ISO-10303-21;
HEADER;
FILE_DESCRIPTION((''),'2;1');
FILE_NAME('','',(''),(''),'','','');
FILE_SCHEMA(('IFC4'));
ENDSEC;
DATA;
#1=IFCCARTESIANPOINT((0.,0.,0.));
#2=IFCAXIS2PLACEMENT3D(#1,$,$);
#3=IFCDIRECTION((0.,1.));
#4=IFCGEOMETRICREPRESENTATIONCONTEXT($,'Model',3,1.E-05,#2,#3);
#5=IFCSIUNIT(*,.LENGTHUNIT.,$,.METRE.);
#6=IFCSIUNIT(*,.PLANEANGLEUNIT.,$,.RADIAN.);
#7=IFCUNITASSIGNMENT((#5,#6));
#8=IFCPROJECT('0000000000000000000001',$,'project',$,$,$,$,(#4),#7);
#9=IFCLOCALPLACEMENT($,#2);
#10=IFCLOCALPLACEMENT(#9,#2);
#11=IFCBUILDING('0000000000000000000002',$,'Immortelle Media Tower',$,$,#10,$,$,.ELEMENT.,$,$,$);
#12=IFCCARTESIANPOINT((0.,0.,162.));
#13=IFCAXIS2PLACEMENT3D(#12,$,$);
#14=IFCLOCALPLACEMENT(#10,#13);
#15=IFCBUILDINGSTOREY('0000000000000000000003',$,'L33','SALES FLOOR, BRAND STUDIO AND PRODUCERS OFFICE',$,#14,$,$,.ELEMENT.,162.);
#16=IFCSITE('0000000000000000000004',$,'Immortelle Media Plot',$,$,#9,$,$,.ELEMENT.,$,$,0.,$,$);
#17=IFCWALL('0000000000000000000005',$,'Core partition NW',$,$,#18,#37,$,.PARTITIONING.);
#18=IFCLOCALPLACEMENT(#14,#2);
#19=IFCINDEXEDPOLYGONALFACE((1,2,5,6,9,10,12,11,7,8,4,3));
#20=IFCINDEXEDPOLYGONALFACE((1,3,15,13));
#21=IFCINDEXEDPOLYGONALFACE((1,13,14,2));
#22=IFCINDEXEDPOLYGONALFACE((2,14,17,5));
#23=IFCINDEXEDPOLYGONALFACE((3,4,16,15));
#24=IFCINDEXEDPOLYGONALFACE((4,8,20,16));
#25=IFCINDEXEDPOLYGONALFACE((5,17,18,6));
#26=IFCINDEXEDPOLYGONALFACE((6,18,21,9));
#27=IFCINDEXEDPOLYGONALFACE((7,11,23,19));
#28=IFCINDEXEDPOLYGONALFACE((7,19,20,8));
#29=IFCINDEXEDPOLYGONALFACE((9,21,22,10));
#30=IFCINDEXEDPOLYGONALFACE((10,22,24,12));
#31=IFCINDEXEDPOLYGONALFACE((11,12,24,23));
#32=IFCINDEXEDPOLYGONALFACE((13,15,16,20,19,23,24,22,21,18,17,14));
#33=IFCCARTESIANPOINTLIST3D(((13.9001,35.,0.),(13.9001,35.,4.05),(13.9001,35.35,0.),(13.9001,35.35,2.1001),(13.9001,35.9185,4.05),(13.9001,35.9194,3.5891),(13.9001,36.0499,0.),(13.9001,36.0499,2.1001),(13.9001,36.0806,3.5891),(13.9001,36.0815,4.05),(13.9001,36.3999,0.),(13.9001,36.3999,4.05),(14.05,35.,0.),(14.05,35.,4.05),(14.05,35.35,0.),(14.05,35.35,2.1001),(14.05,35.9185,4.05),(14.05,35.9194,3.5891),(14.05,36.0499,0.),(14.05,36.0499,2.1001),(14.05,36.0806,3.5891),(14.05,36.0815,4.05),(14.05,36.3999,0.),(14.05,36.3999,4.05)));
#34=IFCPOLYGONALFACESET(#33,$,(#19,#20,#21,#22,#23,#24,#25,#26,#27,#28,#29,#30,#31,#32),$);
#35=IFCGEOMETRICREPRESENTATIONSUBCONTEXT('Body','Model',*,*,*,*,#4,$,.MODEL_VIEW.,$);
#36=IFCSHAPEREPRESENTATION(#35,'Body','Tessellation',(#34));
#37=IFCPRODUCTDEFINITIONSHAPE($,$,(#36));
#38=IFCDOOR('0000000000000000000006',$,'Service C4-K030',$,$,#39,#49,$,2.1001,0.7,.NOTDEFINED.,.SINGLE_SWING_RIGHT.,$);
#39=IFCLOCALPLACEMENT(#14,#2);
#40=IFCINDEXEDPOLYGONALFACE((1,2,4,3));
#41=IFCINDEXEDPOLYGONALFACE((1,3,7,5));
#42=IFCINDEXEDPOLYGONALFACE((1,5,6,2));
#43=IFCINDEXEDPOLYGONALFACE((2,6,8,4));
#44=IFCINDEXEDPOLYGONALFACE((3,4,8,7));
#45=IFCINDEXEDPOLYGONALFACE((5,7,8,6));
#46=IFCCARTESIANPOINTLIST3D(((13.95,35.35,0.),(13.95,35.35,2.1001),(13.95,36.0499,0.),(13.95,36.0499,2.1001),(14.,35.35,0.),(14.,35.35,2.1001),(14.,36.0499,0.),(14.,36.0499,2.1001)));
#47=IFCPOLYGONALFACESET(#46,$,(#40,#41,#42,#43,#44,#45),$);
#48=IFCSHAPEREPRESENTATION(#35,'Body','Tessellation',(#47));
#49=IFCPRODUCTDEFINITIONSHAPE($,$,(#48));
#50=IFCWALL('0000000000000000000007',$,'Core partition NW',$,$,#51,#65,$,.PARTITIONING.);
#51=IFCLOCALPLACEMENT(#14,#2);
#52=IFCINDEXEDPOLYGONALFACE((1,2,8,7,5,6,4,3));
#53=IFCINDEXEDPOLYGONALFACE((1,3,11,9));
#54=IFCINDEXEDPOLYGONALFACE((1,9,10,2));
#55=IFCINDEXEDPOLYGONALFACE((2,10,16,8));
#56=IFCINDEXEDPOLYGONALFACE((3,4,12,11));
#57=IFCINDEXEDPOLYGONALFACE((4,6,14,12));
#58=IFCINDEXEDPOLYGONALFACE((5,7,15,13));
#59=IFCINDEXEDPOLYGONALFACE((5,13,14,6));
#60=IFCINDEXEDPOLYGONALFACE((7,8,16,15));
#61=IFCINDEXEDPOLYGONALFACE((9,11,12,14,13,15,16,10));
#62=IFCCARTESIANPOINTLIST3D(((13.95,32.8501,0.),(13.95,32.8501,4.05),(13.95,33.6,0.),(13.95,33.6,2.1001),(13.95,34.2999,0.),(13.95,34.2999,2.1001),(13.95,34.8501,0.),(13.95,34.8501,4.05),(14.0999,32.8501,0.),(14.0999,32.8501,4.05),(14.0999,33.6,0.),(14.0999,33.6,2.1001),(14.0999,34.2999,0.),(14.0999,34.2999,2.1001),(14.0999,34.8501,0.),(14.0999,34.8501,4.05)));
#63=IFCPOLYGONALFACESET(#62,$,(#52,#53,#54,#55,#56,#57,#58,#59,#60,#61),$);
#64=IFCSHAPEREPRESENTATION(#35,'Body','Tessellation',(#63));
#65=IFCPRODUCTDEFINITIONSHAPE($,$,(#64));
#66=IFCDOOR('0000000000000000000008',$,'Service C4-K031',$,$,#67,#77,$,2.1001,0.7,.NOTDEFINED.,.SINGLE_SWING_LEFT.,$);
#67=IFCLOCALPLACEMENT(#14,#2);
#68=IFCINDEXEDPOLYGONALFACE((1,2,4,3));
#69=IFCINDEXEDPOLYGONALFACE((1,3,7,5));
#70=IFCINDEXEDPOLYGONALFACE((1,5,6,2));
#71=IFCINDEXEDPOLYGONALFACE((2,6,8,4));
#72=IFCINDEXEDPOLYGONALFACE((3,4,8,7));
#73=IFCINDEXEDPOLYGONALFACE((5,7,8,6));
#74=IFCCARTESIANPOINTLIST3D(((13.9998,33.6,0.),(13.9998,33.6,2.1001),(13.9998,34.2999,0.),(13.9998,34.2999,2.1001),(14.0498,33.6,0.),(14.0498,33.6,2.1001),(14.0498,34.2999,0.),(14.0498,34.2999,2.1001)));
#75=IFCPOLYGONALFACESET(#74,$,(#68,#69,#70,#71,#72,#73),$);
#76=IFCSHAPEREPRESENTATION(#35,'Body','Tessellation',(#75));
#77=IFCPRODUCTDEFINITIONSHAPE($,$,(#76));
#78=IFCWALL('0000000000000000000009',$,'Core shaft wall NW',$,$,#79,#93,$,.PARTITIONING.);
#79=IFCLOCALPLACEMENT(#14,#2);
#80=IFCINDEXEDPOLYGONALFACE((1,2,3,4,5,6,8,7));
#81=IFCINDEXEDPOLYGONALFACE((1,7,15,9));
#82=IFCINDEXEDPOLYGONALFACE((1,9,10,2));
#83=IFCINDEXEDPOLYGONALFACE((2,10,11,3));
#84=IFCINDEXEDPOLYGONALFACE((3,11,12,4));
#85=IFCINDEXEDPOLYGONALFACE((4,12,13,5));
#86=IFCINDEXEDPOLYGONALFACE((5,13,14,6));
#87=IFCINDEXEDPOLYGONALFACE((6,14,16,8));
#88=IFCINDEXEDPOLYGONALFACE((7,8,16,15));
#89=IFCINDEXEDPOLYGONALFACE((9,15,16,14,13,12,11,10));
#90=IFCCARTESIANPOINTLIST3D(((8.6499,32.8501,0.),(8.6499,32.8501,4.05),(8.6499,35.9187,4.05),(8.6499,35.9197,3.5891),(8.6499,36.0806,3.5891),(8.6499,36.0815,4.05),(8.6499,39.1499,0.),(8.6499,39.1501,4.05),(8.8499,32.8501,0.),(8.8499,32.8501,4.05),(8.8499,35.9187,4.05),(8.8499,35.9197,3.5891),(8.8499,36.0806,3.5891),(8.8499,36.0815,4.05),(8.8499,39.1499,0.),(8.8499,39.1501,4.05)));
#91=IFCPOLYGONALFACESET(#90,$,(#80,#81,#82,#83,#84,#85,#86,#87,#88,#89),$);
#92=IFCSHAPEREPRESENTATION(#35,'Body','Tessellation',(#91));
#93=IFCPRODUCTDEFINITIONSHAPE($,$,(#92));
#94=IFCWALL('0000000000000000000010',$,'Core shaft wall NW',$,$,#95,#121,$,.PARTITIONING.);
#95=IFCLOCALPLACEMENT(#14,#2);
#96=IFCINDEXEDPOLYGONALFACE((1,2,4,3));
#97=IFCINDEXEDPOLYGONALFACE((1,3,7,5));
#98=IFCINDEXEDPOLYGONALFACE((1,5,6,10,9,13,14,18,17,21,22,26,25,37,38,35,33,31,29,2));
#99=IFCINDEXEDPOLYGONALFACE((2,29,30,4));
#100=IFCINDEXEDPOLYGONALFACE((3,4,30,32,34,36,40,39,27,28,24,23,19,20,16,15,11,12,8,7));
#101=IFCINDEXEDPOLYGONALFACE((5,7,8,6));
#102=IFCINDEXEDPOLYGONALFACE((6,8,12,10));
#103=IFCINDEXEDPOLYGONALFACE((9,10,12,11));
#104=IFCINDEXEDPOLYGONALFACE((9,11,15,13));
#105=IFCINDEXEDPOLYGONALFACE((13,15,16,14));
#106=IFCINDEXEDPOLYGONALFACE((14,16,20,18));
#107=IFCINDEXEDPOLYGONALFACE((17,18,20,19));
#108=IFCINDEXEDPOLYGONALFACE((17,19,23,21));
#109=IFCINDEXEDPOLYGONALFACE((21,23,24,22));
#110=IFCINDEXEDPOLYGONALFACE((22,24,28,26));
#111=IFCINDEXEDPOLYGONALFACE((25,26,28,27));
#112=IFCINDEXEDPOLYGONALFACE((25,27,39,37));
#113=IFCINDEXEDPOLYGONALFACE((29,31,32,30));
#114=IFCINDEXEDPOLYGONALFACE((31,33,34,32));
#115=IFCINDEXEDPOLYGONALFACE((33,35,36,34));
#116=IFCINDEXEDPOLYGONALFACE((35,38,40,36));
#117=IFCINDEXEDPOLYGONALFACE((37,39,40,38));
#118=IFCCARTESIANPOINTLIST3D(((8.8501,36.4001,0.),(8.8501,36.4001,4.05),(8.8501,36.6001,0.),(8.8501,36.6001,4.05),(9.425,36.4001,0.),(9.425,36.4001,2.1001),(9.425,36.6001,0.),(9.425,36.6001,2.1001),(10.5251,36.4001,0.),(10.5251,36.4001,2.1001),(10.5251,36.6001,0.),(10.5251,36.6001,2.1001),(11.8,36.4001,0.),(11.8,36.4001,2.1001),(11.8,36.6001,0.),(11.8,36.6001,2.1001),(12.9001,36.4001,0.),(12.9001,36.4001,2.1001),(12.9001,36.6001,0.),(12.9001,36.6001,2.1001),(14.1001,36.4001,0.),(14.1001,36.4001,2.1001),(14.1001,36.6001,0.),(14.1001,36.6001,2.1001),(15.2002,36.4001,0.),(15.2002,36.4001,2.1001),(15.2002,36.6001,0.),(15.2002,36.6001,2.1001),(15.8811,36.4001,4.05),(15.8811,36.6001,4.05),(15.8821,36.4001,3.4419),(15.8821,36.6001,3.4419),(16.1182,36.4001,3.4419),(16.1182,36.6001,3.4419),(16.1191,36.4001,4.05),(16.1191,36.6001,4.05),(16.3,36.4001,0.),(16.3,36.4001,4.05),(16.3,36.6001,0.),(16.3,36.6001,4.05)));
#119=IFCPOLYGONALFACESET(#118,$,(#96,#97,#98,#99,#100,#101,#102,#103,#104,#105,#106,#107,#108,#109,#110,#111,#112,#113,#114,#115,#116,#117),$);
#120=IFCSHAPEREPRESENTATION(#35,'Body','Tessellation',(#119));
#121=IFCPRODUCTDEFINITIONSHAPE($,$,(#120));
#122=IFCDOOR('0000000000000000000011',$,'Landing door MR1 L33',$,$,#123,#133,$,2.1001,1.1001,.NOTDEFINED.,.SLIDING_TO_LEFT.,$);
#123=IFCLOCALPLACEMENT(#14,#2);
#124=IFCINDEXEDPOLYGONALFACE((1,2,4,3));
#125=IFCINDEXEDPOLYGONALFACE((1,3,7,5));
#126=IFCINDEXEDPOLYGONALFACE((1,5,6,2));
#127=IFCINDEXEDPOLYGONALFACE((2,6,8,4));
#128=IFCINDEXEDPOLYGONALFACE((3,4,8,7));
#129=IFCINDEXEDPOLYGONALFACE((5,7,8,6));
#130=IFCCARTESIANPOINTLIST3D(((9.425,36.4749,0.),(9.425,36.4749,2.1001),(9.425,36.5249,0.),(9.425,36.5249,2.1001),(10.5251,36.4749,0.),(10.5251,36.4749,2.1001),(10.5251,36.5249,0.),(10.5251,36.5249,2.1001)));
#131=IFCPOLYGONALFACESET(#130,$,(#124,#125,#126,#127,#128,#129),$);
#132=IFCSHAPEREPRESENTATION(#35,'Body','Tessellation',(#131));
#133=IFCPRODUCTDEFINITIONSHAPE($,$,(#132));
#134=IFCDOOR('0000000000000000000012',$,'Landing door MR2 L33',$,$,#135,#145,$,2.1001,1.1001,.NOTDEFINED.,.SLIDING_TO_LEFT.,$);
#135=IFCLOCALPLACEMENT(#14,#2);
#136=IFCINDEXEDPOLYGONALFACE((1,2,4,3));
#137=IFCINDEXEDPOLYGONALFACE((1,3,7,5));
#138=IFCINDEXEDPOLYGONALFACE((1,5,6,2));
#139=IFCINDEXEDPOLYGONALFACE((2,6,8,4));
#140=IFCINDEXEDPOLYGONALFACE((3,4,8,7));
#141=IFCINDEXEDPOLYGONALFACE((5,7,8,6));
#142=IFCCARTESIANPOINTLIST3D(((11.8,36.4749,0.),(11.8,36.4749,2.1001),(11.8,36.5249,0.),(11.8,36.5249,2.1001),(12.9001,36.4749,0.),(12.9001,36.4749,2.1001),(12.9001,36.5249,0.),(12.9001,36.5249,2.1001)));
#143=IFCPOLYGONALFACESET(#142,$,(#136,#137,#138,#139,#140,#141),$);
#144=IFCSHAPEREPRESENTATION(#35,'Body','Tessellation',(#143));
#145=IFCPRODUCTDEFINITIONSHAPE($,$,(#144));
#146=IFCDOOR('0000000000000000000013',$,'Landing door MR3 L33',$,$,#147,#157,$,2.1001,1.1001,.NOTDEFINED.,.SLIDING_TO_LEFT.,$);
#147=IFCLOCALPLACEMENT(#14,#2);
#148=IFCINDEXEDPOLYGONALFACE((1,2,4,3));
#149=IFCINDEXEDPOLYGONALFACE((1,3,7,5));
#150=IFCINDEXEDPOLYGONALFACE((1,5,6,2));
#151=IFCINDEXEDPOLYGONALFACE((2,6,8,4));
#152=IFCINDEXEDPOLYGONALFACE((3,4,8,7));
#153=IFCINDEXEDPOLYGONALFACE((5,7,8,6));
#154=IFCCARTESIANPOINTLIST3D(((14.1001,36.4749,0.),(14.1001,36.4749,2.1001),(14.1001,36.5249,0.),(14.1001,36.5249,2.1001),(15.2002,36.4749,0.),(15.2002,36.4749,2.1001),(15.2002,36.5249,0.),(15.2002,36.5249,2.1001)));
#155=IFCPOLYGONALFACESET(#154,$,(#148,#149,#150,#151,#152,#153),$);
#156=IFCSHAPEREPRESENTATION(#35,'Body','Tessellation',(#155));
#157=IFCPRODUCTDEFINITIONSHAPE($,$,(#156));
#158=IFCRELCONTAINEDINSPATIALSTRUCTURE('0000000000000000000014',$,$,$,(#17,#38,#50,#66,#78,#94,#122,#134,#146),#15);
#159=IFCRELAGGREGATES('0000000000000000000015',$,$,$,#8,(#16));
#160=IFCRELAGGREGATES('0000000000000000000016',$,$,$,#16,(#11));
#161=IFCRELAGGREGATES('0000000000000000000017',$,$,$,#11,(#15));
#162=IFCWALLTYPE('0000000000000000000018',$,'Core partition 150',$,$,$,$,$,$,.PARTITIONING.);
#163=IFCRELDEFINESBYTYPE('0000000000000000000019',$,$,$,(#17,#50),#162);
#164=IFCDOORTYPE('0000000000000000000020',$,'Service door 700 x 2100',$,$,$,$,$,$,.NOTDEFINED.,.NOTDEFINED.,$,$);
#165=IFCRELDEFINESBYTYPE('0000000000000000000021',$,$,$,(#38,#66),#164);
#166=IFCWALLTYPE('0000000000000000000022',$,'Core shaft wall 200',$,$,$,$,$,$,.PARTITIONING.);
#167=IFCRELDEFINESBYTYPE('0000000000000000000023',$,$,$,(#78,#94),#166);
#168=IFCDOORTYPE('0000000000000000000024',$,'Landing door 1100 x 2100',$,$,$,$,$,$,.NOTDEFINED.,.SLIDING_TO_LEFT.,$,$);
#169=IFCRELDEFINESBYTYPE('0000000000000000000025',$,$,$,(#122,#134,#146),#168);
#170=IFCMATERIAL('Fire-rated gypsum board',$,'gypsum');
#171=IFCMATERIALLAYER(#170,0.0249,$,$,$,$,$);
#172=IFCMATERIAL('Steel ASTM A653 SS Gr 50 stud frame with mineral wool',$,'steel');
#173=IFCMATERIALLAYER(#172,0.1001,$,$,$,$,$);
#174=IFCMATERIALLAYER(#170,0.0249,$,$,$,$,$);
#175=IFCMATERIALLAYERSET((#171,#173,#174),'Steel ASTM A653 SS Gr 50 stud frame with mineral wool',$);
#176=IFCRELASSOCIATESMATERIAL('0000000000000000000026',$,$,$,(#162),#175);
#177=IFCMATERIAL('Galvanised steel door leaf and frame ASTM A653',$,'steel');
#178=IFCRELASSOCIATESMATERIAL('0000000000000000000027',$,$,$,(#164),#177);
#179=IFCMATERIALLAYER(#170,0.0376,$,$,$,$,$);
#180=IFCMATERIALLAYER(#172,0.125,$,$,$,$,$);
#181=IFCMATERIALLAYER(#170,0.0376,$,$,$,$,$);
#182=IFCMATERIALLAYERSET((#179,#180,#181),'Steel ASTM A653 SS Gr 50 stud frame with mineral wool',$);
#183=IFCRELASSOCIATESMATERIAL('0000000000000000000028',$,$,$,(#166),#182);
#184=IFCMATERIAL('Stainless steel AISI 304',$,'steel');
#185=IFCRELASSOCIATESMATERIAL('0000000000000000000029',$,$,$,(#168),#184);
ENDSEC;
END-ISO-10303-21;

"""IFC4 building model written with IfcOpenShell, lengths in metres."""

from ifc_helpers import new_model, si_unit, direction, frame, frame_2d, origin, place, context, subcontext, project, spatial, polyline, rectangle, outline, extrude, material, layer, layer_set, type_object, element, fill, save


model = new_model("IFC4")

# Units and contexts
model_context = context("Model", 3, precision=1e-05, world=origin(), true_north=direction((0.0, 1.0)))
body_context = subcontext(model_context, "Body", "Model", "MODEL_VIEW")
ifc_project = project(units=[si_unit("LENGTHUNIT", "METRE"), si_unit("PLANEANGLEUNIT", "RADIAN")], contexts=[model_context])

# Site, building, storey
site_placement = place(None, origin())
site = spatial("IfcSite", under=ifc_project, at=site_placement, Name="Immortelle Media Plot", CompositionType="ELEMENT", RefElevation=0.0)
building_placement = place(site_placement, origin())
building = spatial("IfcBuilding", under=site, at=building_placement, Name="Immortelle Media Tower", CompositionType="ELEMENT")
storey_placement = place(building_placement, frame((0.0, 0.0, 162.0)))
storey = spatial("IfcBuildingStorey", under=building, at=storey_placement, Name="L33", Description="SALES FLOOR, BRAND STUDIO AND PRODUCERS OFFICE", CompositionType="ELEMENT", Elevation=162.0)

# Shared definitions
ifc_material_1 = material(Name="Fire-rated gypsum board", Category="gypsum")
ifc_material_2 = material(Name="Steel ASTM A653 SS Gr 50 stud frame with mineral wool", Category="steel")
ifc_layer_1 = layer(ifc_material_1, 0.0249)
ifc_layer_2 = layer(ifc_material_2, 0.1001)
ifc_layer_3 = layer(ifc_material_1, 0.0249)
ifc_layer_set_1 = layer_set([ifc_layer_1, ifc_layer_2, ifc_layer_3], Name="Steel ASTM A653 SS Gr 50 stud frame with mineral wool")
wall_type_1 = type_object("IfcWallType", Name="Core partition 150", PredefinedType="PARTITIONING", material=ifc_layer_set_1)

# Shared definitions
ifc_material_3 = material(Name="Galvanised steel door leaf and frame ASTM A653", Category="steel")
door_type_1 = type_object("IfcDoorType", Name="Service door 700 x 2100", OperationType="NOTDEFINED", PredefinedType="NOTDEFINED", material=ifc_material_3)

# Walls, openings, doors
wall_1_placement = place(storey_placement, frame((13.9751, 35.0, 0.0), z_axis=(0.0, 0.0, 1.0), x_axis=(0.0, 1.0, 0.0)))
wall_1 = element("IfcWall", 1, at=wall_1_placement, inside=storey, type_object=wall_type_1, Name="Core partition NW", PredefinedType="PARTITIONING", context=body_context, shape_type="SweptSolid", body=[
    extrude(outline(polyline([(0.0, 0.0), (1.3999, 0.0), (1.3999, 4.05), (1.0815, 4.05), (1.0806, 3.5891), (0.9194, 3.5891), (0.9185, 4.05), (0.0, 4.05), (0.0, 0.0)])), frame((0.0, 0.075, 0.0), z_axis=(0.0, -1.0, 0.0), x_axis=(1.0, 0.0, 0.0)), (0.0, 0.0, 1.0), 0.1499),
])
opening_1_placement = place(wall_1_placement, frame((1.05, 0.0, 0.0), z_axis=(0.0, 0.0, 1.0), x_axis=(-1.0, 0.0, 0.0)))
opening_1 = element("IfcOpeningElement", 2, at=opening_1_placement, cuts=wall_1, PredefinedType="OPENING", context=body_context, shape_type="SweptSolid", body=[
    extrude(rectangle(XDim=0.7, YDim=2.1001, at=frame_2d((0.3501, 1.05))), frame((0.0, 0.085, 0.0), z_axis=(0.0, -1.0, 0.0), x_axis=(1.0, 0.0, 0.0)), (0.0, 0.0, 1.0), 0.1699),
])
door_1_placement = place(opening_1_placement, origin())
door_1 = element("IfcDoor", 3, at=door_1_placement, inside=storey, type_object=door_type_1, Name="Service C4-K030", OperationType="SINGLE_SWING_RIGHT", OverallHeight=2.1001, OverallWidth=0.7, PredefinedType="NOTDEFINED", context=body_context, shape_type="SweptSolid", body=[
    extrude(rectangle(XDim=0.7, YDim=2.1001, at=frame_2d((0.3501, 1.05))), frame((0.0, 0.0249, 0.0), z_axis=(0.0, -1.0, 0.0), x_axis=(1.0, 0.0, 0.0)), (0.0, 0.0, 1.0), 0.05),
])
fill(opening_1, door_1)
wall_2_placement = place(storey_placement, frame((14.0249, 32.8501, 0.0), z_axis=(0.0, 0.0, 1.0), x_axis=(0.0, 1.0, 0.0)))
wall_2 = element("IfcWall", 4, at=wall_2_placement, inside=storey, type_object=wall_type_1, Name="Core partition NW", PredefinedType="PARTITIONING", context=body_context, shape_type="SweptSolid", body=[
    extrude(rectangle(XDim=2.0, YDim=0.1499, at=frame_2d((1.0, 0.0))), origin(), (0.0, 0.0, 1.0), 4.05),
])
opening_2_placement = place(wall_2_placement, frame((1.45, 0.0, 0.0), z_axis=(0.0, 0.0, 1.0), x_axis=(-1.0, 0.0, 0.0)))
opening_2 = element("IfcOpeningElement", 5, at=opening_2_placement, cuts=wall_2, PredefinedType="OPENING", context=body_context, shape_type="SweptSolid", body=[
    extrude(rectangle(XDim=0.7, YDim=2.1001, at=frame_2d((0.3501, 1.05))), frame((0.0, 0.085, 0.0), z_axis=(0.0, -1.0, 0.0), x_axis=(1.0, 0.0, 0.0)), (0.0, 0.0, 1.0), 0.1699),
])
door_2_placement = place(opening_2_placement, origin())
door_2 = element("IfcDoor", 6, at=door_2_placement, inside=storey, type_object=door_type_1, Name="Service C4-K031", OperationType="SINGLE_SWING_LEFT", OverallHeight=2.1001, OverallWidth=0.7, PredefinedType="NOTDEFINED", context=body_context, shape_type="SweptSolid", body=[
    extrude(rectangle(XDim=0.7, YDim=2.1001, at=frame_2d((0.3501, 1.05))), frame((0.0, 0.0249, 0.0), z_axis=(0.0, -1.0, 0.0), x_axis=(1.0, 0.0, 0.0)), (0.0, 0.0, 1.0), 0.05),
])
fill(opening_2, door_2)

# Wall
ifc_layer_4 = layer(ifc_material_1, 0.0376)
ifc_layer_5 = layer(ifc_material_2, 0.125)
ifc_layer_6 = layer(ifc_material_1, 0.0376)
ifc_layer_set_2 = layer_set([ifc_layer_4, ifc_layer_5, ifc_layer_6], Name="Steel ASTM A653 SS Gr 50 stud frame with mineral wool")
wall_type_2 = type_object("IfcWallType", Name="Core shaft wall 200", PredefinedType="PARTITIONING", material=ifc_layer_set_2)
wall_3_placement = place(storey_placement, frame((8.75, 32.8501, 0.0), z_axis=(0.0, 0.0, 1.0), x_axis=(0.0, 1.0, 0.0)))
element("IfcWall", 7, at=wall_3_placement, inside=storey, type_object=wall_type_2, Name="Core shaft wall NW", PredefinedType="PARTITIONING", context=body_context, shape_type="SweptSolid", body=[
    extrude(outline(polyline([(0.0, 0.0), (6.2998, 0.0), (6.3, 4.05), (3.2314, 4.05), (3.2305, 3.5891), (3.0696, 3.5891), (3.0686, 4.05), (0.0, 4.05), (0.0, 0.0)])), frame((0.0, 0.1001, 0.0), z_axis=(0.0, -1.0, 0.0), x_axis=(1.0, 0.0, 0.0)), (0.0, 0.0, 1.0), 0.2),
])

# Wall, openings, doors
wall_4_placement = place(storey_placement, frame((8.8501, 36.5, 0.0), z_axis=(0.0, 0.0, 1.0), x_axis=(1.0, 0.0, 0.0)))
wall_4 = element("IfcWall", 8, at=wall_4_placement, inside=storey, type_object=wall_type_2, Name="Core shaft wall NW", PredefinedType="PARTITIONING", context=body_context, shape_type="SweptSolid", body=[
    extrude(outline(polyline([(0.0, 0.0), (7.45, 0.0), (7.45, 4.05), (7.269, 4.05), (7.2681, 3.4419), (7.032, 3.4419), (7.031, 4.05), (0.0, 4.05), (0.0, 0.0)])), frame((0.0, 0.1001, 0.0), z_axis=(0.0, -1.0, 0.0), x_axis=(1.0, 0.0, 0.0)), (0.0, 0.0, 1.0), 0.2),
])
opening_3_placement = place(wall_4_placement, frame((0.575, 0.0, 0.0)))
opening_3 = element("IfcOpeningElement", 9, at=opening_3_placement, cuts=wall_4, PredefinedType="OPENING", context=body_context, shape_type="SweptSolid", body=[
    extrude(rectangle(XDim=1.1001, YDim=2.1001, at=frame_2d((0.55, 1.05))), frame((0.0, 0.1099, 0.0), z_axis=(0.0, -1.0, 0.0), x_axis=(1.0, 0.0, 0.0)), (0.0, 0.0, 1.0), 0.22),
])
opening_4_placement = place(wall_4_placement, frame((2.95, 0.0, 0.0)))
opening_4 = element("IfcOpeningElement", 10, at=opening_4_placement, cuts=wall_4, PredefinedType="OPENING", context=body_context, shape_type="SweptSolid", body=[
    extrude(rectangle(XDim=1.1001, YDim=2.1001, at=frame_2d((0.55, 1.05))), frame((0.0, 0.1099, 0.0), z_axis=(0.0, -1.0, 0.0), x_axis=(1.0, 0.0, 0.0)), (0.0, 0.0, 1.0), 0.22),
])
opening_5_placement = place(wall_4_placement, frame((5.25, 0.0, 0.0)))
opening_5 = element("IfcOpeningElement", 11, at=opening_5_placement, cuts=wall_4, PredefinedType="OPENING", context=body_context, shape_type="SweptSolid", body=[
    extrude(rectangle(XDim=1.1001, YDim=2.1001, at=frame_2d((0.55, 1.05))), frame((0.0, 0.1099, 0.0), z_axis=(0.0, -1.0, 0.0), x_axis=(1.0, 0.0, 0.0)), (0.0, 0.0, 1.0), 0.22),
])
ifc_material_4 = material(Name="Stainless steel AISI 304", Category="steel")
door_type_2 = type_object("IfcDoorType", Name="Landing door 1100 x 2100", OperationType="SLIDING_TO_LEFT", PredefinedType="NOTDEFINED", material=ifc_material_4)
door_3_placement = place(opening_3_placement, origin())
door_3 = element("IfcDoor", 12, at=door_3_placement, inside=storey, type_object=door_type_2, Name="Landing door MR1 L33", OperationType="SLIDING_TO_LEFT", OverallHeight=2.1001, OverallWidth=1.1001, PredefinedType="NOTDEFINED", context=body_context, shape_type="SweptSolid", body=[
    extrude(rectangle(XDim=1.1001, YDim=2.1001, at=frame_2d((0.55, 1.05))), frame((0.0, 0.0249, 0.0), z_axis=(0.0, -1.0, 0.0), x_axis=(1.0, 0.0, 0.0)), (0.0, 0.0, 1.0), 0.05),
])
fill(opening_3, door_3)
door_4_placement = place(opening_4_placement, origin())
door_4 = element("IfcDoor", 13, at=door_4_placement, inside=storey, type_object=door_type_2, Name="Landing door MR2 L33", OperationType="SLIDING_TO_LEFT", OverallHeight=2.1001, OverallWidth=1.1001, PredefinedType="NOTDEFINED", context=body_context, shape_type="SweptSolid", body=[
    extrude(rectangle(XDim=1.1001, YDim=2.1001, at=frame_2d((0.55, 1.05))), frame((0.0, 0.0249, 0.0), z_axis=(0.0, -1.0, 0.0), x_axis=(1.0, 0.0, 0.0)), (0.0, 0.0, 1.0), 0.05),
])
fill(opening_4, door_4)
door_5_placement = place(opening_5_placement, origin())
door_5 = element("IfcDoor", 14, at=door_5_placement, inside=storey, type_object=door_type_2, Name="Landing door MR3 L33", OperationType="SLIDING_TO_LEFT", OverallHeight=2.1001, OverallWidth=1.1001, PredefinedType="NOTDEFINED", context=body_context, shape_type="SweptSolid", body=[
    extrude(rectangle(XDim=1.1001, YDim=2.1001, at=frame_2d((0.55, 1.05))), frame((0.0, 0.0249, 0.0), z_axis=(0.0, -1.0, 0.0), x_axis=(1.0, 0.0, 0.0)), (0.0, 0.0, 1.0), 0.05),
])
fill(opening_5, door_5)

save(model, "model.ifc")
